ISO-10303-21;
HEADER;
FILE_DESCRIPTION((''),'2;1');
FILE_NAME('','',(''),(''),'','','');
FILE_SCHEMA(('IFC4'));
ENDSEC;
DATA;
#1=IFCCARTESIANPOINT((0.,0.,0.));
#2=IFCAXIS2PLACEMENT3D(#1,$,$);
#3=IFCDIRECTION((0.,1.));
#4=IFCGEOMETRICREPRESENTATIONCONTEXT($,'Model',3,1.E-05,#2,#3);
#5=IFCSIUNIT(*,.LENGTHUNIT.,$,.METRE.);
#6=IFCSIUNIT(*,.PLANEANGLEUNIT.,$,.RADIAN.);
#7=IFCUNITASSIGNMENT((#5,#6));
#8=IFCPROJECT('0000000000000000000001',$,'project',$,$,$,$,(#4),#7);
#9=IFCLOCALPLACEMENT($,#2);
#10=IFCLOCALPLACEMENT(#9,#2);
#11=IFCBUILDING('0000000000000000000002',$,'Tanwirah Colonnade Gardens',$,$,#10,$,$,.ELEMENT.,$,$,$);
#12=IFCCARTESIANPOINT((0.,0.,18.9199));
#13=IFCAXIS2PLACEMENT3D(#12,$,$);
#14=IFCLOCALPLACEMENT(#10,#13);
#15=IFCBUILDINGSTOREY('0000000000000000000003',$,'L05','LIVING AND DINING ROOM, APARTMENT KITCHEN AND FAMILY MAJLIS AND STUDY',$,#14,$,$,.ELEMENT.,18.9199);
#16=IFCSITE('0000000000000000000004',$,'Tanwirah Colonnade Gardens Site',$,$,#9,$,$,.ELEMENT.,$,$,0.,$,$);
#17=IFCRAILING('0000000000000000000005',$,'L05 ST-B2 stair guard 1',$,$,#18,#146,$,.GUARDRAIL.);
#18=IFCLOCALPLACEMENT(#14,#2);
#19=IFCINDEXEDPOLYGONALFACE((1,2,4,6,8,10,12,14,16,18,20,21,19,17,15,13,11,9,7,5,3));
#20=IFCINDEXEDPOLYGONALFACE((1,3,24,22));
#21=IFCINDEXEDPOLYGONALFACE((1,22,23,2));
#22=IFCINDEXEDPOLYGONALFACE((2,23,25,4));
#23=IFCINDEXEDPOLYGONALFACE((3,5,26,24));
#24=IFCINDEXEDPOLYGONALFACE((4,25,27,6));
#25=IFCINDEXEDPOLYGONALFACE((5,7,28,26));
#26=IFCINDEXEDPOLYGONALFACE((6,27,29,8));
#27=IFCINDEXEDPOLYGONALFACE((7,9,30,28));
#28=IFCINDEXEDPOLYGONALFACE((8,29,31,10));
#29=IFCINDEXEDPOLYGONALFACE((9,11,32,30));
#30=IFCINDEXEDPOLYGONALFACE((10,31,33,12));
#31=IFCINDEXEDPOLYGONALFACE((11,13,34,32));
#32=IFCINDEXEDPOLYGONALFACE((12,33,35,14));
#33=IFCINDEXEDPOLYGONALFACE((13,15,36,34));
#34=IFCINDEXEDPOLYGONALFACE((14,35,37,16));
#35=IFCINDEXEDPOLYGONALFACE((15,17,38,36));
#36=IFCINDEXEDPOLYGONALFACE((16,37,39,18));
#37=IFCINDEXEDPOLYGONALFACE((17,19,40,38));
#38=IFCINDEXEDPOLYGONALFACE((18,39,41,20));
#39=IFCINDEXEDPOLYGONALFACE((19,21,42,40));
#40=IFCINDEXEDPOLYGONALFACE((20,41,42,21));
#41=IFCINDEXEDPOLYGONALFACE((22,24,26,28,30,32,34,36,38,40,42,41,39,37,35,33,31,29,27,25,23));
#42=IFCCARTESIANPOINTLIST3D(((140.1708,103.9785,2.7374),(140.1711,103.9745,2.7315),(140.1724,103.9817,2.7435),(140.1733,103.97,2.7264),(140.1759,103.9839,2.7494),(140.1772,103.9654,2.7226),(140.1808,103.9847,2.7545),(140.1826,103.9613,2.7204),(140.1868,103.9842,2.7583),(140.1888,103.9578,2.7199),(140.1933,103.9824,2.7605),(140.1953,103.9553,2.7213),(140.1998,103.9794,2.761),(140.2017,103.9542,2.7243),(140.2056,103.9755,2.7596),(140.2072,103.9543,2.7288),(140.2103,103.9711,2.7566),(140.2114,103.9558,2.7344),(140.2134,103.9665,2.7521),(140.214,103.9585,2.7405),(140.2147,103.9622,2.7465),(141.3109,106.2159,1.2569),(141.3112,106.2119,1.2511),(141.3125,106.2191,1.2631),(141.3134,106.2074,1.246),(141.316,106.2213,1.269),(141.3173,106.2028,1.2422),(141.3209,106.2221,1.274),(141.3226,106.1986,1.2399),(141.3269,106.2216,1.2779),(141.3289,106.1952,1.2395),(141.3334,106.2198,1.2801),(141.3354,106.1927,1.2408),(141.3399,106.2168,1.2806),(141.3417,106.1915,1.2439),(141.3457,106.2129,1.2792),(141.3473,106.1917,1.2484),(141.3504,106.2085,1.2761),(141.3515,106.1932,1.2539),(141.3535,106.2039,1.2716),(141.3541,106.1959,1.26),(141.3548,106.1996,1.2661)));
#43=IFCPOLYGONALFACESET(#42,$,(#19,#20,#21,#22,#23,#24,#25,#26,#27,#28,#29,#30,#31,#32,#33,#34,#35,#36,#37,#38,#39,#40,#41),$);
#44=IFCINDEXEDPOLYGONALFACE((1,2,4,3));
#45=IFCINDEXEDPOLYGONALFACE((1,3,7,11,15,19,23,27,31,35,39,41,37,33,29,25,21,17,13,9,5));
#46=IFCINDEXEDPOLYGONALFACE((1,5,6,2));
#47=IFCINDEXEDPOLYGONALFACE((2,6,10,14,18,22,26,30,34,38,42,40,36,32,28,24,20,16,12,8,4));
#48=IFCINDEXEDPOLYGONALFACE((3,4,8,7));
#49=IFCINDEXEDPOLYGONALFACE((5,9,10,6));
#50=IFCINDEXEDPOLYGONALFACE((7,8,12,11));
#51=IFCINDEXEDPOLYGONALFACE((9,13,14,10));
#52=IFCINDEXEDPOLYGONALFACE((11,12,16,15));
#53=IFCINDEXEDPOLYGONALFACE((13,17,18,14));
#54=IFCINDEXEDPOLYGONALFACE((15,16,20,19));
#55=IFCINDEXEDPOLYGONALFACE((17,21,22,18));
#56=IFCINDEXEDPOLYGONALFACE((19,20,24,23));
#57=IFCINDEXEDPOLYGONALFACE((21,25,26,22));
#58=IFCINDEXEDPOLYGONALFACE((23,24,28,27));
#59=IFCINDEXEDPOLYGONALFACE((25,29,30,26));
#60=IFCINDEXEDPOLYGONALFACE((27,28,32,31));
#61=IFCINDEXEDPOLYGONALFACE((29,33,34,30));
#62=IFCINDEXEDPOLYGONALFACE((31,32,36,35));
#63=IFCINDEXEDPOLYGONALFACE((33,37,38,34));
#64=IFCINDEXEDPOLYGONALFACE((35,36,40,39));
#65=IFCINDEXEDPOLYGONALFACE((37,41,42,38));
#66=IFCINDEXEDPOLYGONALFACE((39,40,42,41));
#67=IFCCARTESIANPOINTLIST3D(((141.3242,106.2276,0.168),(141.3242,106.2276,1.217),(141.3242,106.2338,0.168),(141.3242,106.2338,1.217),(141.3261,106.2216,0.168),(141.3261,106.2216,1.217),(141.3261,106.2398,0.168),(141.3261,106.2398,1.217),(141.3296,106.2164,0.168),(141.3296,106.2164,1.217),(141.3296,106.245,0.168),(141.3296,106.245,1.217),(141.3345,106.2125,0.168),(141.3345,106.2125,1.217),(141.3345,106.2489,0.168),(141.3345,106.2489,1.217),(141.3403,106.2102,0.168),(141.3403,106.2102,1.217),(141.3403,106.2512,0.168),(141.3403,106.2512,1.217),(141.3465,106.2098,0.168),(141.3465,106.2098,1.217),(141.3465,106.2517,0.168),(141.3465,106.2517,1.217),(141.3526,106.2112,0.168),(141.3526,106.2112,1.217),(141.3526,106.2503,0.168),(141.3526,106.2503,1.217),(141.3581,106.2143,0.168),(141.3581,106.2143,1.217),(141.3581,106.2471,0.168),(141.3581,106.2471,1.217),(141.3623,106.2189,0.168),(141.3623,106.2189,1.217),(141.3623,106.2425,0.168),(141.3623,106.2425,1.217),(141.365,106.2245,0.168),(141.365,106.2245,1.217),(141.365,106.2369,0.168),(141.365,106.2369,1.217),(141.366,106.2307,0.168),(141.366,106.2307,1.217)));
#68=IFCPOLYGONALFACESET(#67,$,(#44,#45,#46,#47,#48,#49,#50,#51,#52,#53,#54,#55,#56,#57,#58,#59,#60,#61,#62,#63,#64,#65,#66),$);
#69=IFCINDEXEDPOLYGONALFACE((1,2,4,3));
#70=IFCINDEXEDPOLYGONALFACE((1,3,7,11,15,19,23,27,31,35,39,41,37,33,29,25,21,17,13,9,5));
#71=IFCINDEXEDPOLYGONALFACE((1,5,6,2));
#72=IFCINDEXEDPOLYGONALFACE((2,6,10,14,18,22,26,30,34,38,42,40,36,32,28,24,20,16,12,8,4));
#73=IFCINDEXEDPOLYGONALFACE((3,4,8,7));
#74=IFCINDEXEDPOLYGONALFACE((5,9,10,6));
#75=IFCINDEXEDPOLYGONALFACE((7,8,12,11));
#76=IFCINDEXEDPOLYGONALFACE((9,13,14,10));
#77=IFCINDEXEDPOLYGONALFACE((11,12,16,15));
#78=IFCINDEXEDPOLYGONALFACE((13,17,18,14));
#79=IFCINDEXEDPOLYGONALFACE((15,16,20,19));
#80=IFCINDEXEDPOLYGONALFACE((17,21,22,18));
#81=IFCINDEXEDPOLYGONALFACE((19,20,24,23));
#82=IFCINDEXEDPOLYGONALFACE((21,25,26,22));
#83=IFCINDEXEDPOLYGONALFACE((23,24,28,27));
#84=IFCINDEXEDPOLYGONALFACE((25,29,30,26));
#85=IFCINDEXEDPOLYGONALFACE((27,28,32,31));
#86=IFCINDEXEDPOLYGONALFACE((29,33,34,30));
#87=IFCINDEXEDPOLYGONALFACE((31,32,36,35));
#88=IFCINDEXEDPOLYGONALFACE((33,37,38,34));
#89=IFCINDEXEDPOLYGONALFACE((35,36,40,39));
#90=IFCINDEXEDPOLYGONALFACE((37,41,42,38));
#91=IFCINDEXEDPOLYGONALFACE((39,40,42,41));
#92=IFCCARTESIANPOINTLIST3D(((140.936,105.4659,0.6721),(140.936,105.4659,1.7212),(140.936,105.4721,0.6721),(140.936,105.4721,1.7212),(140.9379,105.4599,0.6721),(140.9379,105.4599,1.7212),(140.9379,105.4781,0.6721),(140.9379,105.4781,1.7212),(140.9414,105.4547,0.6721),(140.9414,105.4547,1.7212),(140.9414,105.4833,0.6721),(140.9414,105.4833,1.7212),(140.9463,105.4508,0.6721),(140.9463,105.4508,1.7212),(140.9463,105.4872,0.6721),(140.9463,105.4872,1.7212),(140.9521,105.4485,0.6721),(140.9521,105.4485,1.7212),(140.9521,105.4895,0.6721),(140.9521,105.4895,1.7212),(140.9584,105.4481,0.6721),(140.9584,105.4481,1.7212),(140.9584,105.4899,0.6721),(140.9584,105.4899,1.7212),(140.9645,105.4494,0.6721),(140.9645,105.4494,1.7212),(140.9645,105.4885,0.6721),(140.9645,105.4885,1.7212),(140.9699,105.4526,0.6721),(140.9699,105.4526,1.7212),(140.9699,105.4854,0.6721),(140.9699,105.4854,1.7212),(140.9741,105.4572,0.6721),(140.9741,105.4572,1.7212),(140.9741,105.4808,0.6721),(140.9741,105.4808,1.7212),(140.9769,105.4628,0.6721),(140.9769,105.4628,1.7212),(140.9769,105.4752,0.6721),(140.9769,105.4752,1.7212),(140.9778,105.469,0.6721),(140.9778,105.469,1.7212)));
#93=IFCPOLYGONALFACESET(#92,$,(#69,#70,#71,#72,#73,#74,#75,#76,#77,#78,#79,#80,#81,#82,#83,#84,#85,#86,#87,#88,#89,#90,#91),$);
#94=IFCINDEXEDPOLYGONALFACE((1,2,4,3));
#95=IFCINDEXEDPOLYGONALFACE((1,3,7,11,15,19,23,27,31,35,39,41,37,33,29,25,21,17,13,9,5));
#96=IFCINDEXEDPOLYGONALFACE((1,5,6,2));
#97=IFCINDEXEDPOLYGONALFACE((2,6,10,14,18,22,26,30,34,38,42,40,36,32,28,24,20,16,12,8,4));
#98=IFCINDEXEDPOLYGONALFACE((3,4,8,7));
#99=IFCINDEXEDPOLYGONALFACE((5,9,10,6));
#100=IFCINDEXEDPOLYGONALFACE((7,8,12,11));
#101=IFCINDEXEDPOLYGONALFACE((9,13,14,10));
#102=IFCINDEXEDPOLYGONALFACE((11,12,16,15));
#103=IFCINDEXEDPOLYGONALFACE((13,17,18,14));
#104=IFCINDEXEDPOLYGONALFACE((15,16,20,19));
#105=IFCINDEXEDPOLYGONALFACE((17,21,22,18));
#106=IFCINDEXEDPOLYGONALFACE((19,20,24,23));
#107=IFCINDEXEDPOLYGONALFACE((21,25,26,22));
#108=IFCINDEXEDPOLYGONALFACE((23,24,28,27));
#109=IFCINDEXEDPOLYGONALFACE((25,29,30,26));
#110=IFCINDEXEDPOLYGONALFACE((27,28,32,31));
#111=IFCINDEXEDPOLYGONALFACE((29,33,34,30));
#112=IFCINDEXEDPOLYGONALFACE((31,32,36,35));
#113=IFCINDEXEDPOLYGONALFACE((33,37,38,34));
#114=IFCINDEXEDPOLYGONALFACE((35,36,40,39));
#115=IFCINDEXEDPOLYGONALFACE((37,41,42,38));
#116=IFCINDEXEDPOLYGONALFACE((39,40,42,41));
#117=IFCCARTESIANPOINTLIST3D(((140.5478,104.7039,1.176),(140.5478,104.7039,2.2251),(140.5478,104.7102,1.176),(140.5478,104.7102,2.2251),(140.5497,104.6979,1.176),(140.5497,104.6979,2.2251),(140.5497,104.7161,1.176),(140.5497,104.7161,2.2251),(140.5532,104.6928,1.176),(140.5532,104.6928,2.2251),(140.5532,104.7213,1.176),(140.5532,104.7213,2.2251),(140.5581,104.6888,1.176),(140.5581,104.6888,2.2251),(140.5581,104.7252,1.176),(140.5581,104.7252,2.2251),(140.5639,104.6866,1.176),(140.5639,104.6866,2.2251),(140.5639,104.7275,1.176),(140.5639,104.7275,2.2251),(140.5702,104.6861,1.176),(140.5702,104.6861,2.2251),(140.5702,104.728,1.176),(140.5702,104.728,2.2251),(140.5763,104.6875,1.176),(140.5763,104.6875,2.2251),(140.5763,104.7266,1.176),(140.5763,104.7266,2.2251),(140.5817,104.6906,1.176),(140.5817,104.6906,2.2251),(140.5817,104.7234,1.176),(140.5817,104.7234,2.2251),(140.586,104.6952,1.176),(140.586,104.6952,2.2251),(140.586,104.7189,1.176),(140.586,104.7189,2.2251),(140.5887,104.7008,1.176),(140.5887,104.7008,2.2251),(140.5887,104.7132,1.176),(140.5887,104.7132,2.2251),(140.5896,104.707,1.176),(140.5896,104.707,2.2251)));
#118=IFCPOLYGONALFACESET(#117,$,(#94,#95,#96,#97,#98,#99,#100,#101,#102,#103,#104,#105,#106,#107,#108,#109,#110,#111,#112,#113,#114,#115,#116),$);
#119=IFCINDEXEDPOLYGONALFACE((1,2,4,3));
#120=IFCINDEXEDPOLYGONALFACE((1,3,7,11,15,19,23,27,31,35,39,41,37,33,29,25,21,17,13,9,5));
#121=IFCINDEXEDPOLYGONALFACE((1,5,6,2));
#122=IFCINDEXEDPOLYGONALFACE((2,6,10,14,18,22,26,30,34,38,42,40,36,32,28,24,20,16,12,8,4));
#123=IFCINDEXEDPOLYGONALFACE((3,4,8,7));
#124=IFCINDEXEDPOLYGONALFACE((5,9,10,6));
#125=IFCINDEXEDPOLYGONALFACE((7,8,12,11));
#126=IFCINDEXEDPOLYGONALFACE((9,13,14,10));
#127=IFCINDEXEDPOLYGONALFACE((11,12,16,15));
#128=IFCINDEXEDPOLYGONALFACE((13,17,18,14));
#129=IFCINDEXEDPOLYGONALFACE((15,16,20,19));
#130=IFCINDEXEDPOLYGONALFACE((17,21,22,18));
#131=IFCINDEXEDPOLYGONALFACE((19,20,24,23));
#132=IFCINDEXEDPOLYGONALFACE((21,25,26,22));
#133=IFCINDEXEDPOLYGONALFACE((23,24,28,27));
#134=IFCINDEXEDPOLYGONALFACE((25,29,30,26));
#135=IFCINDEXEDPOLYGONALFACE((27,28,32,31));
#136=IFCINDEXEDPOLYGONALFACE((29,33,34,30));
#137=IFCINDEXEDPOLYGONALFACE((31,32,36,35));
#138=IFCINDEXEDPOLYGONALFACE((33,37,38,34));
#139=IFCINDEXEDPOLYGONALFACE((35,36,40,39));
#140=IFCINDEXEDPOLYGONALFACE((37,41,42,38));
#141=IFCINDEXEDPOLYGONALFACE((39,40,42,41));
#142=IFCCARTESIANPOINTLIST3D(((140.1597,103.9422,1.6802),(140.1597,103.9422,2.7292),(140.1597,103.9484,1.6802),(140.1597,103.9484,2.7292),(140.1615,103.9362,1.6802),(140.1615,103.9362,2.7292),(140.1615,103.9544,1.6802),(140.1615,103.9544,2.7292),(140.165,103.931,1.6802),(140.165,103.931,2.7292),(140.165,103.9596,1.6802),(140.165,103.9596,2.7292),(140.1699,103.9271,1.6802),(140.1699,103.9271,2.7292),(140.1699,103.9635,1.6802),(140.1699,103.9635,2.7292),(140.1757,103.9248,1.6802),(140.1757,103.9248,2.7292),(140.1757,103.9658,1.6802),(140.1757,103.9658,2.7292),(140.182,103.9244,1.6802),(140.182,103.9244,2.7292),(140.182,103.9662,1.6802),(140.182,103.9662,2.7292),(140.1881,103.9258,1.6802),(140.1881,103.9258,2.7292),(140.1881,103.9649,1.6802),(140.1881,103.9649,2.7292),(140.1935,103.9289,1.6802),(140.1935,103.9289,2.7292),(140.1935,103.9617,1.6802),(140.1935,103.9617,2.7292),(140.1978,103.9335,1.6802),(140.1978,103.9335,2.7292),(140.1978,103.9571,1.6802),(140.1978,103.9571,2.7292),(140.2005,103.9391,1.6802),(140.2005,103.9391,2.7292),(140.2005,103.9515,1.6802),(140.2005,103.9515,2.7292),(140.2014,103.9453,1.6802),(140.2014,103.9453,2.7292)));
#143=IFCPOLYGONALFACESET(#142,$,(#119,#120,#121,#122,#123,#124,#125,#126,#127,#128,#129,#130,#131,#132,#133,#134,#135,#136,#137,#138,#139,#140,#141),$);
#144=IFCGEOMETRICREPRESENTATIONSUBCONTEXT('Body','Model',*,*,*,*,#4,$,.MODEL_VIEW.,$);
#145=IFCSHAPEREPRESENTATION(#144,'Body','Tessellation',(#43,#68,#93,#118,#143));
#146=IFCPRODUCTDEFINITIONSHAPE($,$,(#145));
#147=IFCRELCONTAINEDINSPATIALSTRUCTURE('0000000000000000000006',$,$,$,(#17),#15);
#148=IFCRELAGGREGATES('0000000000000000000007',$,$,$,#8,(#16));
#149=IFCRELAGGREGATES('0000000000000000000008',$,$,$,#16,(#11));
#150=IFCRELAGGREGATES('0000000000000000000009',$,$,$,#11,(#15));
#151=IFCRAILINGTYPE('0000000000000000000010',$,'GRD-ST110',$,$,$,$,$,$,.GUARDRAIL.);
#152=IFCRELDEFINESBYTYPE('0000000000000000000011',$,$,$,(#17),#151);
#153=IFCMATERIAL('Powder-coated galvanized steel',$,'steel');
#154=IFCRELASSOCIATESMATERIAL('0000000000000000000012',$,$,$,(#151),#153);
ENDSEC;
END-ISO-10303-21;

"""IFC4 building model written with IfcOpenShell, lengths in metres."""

from ifc_helpers import new_model, si_unit, direction, frame, origin, origin_2d, place, context, subcontext, project, spatial, circle, extrude, material, type_object, element, save


model = new_model("IFC4")

# Units and contexts
model_context = context("Model", 3, precision=1e-05, world=origin(), true_north=direction((0.0, 1.0)))
body_context = subcontext(model_context, "Body", "Model", "MODEL_VIEW")
ifc_project = project(units=[si_unit("LENGTHUNIT", "METRE"), si_unit("PLANEANGLEUNIT", "RADIAN")], contexts=[model_context])

# Site, building, storey
site_placement = place(None, origin())
site = spatial("IfcSite", under=ifc_project, at=site_placement, Name="Tanwirah Colonnade Gardens Site", CompositionType="ELEMENT", RefElevation=0.0)
building_placement = place(site_placement, origin())
building = spatial("IfcBuilding", under=site, at=building_placement, Name="Tanwirah Colonnade Gardens", CompositionType="ELEMENT")
storey_placement = place(building_placement, frame((0.0, 0.0, 18.9199)))
storey = spatial("IfcBuildingStorey", under=building, at=storey_placement, Name="L05", Description="LIVING AND DINING ROOM, APARTMENT KITCHEN AND FAMILY MAJLIS AND STUDY", CompositionType="ELEMENT", Elevation=18.9199)

# Railing
ifc_material_1 = material(Name="Powder-coated galvanized steel", Category="steel")
railing_type_1 = type_object("IfcRailingType", Name="GRD-ST110", PredefinedType="GUARDRAIL", material=ifc_material_1)
railing_1_placement = place(storey_placement, frame((141.345, 106.2307, 0.168)))
element("IfcRailing", 1, at=railing_1_placement, inside=storey, type_object=railing_type_1, Name="L05 ST-B2 stair guard 1", PredefinedType="GUARDRAIL", context=body_context, shape_type="SweptSolid", body=[
    extrude(circle(Radius=0.0239, at=origin_2d()), frame((-0.0122, -0.0239, 1.092), z_axis=(-0.391106, -0.767535, 0.507864), x_axis=(0.890994, -0.454016, 0.0)), (0.0, 0.0, 1.0), 2.915),
    extrude(circle(Radius=0.021, at=origin_2d()), origin(), (0.0, 0.0, 1.0), 1.0491),
    extrude(circle(Radius=0.021, at=origin_2d()), frame((-0.3882, -0.7617, 0.5042)), (0.0, 0.0, 1.0), 1.0491),
    extrude(circle(Radius=0.021, at=origin_2d()), frame((-0.7764, -1.5237, 1.0081)), (0.0, 0.0, 1.0), 1.0491),
    extrude(circle(Radius=0.021, at=origin_2d()), frame((-1.1646, -2.2854, 1.5122)), (0.0, 0.0, 1.0), 1.0491),
])

save(model, "model.ifc")
